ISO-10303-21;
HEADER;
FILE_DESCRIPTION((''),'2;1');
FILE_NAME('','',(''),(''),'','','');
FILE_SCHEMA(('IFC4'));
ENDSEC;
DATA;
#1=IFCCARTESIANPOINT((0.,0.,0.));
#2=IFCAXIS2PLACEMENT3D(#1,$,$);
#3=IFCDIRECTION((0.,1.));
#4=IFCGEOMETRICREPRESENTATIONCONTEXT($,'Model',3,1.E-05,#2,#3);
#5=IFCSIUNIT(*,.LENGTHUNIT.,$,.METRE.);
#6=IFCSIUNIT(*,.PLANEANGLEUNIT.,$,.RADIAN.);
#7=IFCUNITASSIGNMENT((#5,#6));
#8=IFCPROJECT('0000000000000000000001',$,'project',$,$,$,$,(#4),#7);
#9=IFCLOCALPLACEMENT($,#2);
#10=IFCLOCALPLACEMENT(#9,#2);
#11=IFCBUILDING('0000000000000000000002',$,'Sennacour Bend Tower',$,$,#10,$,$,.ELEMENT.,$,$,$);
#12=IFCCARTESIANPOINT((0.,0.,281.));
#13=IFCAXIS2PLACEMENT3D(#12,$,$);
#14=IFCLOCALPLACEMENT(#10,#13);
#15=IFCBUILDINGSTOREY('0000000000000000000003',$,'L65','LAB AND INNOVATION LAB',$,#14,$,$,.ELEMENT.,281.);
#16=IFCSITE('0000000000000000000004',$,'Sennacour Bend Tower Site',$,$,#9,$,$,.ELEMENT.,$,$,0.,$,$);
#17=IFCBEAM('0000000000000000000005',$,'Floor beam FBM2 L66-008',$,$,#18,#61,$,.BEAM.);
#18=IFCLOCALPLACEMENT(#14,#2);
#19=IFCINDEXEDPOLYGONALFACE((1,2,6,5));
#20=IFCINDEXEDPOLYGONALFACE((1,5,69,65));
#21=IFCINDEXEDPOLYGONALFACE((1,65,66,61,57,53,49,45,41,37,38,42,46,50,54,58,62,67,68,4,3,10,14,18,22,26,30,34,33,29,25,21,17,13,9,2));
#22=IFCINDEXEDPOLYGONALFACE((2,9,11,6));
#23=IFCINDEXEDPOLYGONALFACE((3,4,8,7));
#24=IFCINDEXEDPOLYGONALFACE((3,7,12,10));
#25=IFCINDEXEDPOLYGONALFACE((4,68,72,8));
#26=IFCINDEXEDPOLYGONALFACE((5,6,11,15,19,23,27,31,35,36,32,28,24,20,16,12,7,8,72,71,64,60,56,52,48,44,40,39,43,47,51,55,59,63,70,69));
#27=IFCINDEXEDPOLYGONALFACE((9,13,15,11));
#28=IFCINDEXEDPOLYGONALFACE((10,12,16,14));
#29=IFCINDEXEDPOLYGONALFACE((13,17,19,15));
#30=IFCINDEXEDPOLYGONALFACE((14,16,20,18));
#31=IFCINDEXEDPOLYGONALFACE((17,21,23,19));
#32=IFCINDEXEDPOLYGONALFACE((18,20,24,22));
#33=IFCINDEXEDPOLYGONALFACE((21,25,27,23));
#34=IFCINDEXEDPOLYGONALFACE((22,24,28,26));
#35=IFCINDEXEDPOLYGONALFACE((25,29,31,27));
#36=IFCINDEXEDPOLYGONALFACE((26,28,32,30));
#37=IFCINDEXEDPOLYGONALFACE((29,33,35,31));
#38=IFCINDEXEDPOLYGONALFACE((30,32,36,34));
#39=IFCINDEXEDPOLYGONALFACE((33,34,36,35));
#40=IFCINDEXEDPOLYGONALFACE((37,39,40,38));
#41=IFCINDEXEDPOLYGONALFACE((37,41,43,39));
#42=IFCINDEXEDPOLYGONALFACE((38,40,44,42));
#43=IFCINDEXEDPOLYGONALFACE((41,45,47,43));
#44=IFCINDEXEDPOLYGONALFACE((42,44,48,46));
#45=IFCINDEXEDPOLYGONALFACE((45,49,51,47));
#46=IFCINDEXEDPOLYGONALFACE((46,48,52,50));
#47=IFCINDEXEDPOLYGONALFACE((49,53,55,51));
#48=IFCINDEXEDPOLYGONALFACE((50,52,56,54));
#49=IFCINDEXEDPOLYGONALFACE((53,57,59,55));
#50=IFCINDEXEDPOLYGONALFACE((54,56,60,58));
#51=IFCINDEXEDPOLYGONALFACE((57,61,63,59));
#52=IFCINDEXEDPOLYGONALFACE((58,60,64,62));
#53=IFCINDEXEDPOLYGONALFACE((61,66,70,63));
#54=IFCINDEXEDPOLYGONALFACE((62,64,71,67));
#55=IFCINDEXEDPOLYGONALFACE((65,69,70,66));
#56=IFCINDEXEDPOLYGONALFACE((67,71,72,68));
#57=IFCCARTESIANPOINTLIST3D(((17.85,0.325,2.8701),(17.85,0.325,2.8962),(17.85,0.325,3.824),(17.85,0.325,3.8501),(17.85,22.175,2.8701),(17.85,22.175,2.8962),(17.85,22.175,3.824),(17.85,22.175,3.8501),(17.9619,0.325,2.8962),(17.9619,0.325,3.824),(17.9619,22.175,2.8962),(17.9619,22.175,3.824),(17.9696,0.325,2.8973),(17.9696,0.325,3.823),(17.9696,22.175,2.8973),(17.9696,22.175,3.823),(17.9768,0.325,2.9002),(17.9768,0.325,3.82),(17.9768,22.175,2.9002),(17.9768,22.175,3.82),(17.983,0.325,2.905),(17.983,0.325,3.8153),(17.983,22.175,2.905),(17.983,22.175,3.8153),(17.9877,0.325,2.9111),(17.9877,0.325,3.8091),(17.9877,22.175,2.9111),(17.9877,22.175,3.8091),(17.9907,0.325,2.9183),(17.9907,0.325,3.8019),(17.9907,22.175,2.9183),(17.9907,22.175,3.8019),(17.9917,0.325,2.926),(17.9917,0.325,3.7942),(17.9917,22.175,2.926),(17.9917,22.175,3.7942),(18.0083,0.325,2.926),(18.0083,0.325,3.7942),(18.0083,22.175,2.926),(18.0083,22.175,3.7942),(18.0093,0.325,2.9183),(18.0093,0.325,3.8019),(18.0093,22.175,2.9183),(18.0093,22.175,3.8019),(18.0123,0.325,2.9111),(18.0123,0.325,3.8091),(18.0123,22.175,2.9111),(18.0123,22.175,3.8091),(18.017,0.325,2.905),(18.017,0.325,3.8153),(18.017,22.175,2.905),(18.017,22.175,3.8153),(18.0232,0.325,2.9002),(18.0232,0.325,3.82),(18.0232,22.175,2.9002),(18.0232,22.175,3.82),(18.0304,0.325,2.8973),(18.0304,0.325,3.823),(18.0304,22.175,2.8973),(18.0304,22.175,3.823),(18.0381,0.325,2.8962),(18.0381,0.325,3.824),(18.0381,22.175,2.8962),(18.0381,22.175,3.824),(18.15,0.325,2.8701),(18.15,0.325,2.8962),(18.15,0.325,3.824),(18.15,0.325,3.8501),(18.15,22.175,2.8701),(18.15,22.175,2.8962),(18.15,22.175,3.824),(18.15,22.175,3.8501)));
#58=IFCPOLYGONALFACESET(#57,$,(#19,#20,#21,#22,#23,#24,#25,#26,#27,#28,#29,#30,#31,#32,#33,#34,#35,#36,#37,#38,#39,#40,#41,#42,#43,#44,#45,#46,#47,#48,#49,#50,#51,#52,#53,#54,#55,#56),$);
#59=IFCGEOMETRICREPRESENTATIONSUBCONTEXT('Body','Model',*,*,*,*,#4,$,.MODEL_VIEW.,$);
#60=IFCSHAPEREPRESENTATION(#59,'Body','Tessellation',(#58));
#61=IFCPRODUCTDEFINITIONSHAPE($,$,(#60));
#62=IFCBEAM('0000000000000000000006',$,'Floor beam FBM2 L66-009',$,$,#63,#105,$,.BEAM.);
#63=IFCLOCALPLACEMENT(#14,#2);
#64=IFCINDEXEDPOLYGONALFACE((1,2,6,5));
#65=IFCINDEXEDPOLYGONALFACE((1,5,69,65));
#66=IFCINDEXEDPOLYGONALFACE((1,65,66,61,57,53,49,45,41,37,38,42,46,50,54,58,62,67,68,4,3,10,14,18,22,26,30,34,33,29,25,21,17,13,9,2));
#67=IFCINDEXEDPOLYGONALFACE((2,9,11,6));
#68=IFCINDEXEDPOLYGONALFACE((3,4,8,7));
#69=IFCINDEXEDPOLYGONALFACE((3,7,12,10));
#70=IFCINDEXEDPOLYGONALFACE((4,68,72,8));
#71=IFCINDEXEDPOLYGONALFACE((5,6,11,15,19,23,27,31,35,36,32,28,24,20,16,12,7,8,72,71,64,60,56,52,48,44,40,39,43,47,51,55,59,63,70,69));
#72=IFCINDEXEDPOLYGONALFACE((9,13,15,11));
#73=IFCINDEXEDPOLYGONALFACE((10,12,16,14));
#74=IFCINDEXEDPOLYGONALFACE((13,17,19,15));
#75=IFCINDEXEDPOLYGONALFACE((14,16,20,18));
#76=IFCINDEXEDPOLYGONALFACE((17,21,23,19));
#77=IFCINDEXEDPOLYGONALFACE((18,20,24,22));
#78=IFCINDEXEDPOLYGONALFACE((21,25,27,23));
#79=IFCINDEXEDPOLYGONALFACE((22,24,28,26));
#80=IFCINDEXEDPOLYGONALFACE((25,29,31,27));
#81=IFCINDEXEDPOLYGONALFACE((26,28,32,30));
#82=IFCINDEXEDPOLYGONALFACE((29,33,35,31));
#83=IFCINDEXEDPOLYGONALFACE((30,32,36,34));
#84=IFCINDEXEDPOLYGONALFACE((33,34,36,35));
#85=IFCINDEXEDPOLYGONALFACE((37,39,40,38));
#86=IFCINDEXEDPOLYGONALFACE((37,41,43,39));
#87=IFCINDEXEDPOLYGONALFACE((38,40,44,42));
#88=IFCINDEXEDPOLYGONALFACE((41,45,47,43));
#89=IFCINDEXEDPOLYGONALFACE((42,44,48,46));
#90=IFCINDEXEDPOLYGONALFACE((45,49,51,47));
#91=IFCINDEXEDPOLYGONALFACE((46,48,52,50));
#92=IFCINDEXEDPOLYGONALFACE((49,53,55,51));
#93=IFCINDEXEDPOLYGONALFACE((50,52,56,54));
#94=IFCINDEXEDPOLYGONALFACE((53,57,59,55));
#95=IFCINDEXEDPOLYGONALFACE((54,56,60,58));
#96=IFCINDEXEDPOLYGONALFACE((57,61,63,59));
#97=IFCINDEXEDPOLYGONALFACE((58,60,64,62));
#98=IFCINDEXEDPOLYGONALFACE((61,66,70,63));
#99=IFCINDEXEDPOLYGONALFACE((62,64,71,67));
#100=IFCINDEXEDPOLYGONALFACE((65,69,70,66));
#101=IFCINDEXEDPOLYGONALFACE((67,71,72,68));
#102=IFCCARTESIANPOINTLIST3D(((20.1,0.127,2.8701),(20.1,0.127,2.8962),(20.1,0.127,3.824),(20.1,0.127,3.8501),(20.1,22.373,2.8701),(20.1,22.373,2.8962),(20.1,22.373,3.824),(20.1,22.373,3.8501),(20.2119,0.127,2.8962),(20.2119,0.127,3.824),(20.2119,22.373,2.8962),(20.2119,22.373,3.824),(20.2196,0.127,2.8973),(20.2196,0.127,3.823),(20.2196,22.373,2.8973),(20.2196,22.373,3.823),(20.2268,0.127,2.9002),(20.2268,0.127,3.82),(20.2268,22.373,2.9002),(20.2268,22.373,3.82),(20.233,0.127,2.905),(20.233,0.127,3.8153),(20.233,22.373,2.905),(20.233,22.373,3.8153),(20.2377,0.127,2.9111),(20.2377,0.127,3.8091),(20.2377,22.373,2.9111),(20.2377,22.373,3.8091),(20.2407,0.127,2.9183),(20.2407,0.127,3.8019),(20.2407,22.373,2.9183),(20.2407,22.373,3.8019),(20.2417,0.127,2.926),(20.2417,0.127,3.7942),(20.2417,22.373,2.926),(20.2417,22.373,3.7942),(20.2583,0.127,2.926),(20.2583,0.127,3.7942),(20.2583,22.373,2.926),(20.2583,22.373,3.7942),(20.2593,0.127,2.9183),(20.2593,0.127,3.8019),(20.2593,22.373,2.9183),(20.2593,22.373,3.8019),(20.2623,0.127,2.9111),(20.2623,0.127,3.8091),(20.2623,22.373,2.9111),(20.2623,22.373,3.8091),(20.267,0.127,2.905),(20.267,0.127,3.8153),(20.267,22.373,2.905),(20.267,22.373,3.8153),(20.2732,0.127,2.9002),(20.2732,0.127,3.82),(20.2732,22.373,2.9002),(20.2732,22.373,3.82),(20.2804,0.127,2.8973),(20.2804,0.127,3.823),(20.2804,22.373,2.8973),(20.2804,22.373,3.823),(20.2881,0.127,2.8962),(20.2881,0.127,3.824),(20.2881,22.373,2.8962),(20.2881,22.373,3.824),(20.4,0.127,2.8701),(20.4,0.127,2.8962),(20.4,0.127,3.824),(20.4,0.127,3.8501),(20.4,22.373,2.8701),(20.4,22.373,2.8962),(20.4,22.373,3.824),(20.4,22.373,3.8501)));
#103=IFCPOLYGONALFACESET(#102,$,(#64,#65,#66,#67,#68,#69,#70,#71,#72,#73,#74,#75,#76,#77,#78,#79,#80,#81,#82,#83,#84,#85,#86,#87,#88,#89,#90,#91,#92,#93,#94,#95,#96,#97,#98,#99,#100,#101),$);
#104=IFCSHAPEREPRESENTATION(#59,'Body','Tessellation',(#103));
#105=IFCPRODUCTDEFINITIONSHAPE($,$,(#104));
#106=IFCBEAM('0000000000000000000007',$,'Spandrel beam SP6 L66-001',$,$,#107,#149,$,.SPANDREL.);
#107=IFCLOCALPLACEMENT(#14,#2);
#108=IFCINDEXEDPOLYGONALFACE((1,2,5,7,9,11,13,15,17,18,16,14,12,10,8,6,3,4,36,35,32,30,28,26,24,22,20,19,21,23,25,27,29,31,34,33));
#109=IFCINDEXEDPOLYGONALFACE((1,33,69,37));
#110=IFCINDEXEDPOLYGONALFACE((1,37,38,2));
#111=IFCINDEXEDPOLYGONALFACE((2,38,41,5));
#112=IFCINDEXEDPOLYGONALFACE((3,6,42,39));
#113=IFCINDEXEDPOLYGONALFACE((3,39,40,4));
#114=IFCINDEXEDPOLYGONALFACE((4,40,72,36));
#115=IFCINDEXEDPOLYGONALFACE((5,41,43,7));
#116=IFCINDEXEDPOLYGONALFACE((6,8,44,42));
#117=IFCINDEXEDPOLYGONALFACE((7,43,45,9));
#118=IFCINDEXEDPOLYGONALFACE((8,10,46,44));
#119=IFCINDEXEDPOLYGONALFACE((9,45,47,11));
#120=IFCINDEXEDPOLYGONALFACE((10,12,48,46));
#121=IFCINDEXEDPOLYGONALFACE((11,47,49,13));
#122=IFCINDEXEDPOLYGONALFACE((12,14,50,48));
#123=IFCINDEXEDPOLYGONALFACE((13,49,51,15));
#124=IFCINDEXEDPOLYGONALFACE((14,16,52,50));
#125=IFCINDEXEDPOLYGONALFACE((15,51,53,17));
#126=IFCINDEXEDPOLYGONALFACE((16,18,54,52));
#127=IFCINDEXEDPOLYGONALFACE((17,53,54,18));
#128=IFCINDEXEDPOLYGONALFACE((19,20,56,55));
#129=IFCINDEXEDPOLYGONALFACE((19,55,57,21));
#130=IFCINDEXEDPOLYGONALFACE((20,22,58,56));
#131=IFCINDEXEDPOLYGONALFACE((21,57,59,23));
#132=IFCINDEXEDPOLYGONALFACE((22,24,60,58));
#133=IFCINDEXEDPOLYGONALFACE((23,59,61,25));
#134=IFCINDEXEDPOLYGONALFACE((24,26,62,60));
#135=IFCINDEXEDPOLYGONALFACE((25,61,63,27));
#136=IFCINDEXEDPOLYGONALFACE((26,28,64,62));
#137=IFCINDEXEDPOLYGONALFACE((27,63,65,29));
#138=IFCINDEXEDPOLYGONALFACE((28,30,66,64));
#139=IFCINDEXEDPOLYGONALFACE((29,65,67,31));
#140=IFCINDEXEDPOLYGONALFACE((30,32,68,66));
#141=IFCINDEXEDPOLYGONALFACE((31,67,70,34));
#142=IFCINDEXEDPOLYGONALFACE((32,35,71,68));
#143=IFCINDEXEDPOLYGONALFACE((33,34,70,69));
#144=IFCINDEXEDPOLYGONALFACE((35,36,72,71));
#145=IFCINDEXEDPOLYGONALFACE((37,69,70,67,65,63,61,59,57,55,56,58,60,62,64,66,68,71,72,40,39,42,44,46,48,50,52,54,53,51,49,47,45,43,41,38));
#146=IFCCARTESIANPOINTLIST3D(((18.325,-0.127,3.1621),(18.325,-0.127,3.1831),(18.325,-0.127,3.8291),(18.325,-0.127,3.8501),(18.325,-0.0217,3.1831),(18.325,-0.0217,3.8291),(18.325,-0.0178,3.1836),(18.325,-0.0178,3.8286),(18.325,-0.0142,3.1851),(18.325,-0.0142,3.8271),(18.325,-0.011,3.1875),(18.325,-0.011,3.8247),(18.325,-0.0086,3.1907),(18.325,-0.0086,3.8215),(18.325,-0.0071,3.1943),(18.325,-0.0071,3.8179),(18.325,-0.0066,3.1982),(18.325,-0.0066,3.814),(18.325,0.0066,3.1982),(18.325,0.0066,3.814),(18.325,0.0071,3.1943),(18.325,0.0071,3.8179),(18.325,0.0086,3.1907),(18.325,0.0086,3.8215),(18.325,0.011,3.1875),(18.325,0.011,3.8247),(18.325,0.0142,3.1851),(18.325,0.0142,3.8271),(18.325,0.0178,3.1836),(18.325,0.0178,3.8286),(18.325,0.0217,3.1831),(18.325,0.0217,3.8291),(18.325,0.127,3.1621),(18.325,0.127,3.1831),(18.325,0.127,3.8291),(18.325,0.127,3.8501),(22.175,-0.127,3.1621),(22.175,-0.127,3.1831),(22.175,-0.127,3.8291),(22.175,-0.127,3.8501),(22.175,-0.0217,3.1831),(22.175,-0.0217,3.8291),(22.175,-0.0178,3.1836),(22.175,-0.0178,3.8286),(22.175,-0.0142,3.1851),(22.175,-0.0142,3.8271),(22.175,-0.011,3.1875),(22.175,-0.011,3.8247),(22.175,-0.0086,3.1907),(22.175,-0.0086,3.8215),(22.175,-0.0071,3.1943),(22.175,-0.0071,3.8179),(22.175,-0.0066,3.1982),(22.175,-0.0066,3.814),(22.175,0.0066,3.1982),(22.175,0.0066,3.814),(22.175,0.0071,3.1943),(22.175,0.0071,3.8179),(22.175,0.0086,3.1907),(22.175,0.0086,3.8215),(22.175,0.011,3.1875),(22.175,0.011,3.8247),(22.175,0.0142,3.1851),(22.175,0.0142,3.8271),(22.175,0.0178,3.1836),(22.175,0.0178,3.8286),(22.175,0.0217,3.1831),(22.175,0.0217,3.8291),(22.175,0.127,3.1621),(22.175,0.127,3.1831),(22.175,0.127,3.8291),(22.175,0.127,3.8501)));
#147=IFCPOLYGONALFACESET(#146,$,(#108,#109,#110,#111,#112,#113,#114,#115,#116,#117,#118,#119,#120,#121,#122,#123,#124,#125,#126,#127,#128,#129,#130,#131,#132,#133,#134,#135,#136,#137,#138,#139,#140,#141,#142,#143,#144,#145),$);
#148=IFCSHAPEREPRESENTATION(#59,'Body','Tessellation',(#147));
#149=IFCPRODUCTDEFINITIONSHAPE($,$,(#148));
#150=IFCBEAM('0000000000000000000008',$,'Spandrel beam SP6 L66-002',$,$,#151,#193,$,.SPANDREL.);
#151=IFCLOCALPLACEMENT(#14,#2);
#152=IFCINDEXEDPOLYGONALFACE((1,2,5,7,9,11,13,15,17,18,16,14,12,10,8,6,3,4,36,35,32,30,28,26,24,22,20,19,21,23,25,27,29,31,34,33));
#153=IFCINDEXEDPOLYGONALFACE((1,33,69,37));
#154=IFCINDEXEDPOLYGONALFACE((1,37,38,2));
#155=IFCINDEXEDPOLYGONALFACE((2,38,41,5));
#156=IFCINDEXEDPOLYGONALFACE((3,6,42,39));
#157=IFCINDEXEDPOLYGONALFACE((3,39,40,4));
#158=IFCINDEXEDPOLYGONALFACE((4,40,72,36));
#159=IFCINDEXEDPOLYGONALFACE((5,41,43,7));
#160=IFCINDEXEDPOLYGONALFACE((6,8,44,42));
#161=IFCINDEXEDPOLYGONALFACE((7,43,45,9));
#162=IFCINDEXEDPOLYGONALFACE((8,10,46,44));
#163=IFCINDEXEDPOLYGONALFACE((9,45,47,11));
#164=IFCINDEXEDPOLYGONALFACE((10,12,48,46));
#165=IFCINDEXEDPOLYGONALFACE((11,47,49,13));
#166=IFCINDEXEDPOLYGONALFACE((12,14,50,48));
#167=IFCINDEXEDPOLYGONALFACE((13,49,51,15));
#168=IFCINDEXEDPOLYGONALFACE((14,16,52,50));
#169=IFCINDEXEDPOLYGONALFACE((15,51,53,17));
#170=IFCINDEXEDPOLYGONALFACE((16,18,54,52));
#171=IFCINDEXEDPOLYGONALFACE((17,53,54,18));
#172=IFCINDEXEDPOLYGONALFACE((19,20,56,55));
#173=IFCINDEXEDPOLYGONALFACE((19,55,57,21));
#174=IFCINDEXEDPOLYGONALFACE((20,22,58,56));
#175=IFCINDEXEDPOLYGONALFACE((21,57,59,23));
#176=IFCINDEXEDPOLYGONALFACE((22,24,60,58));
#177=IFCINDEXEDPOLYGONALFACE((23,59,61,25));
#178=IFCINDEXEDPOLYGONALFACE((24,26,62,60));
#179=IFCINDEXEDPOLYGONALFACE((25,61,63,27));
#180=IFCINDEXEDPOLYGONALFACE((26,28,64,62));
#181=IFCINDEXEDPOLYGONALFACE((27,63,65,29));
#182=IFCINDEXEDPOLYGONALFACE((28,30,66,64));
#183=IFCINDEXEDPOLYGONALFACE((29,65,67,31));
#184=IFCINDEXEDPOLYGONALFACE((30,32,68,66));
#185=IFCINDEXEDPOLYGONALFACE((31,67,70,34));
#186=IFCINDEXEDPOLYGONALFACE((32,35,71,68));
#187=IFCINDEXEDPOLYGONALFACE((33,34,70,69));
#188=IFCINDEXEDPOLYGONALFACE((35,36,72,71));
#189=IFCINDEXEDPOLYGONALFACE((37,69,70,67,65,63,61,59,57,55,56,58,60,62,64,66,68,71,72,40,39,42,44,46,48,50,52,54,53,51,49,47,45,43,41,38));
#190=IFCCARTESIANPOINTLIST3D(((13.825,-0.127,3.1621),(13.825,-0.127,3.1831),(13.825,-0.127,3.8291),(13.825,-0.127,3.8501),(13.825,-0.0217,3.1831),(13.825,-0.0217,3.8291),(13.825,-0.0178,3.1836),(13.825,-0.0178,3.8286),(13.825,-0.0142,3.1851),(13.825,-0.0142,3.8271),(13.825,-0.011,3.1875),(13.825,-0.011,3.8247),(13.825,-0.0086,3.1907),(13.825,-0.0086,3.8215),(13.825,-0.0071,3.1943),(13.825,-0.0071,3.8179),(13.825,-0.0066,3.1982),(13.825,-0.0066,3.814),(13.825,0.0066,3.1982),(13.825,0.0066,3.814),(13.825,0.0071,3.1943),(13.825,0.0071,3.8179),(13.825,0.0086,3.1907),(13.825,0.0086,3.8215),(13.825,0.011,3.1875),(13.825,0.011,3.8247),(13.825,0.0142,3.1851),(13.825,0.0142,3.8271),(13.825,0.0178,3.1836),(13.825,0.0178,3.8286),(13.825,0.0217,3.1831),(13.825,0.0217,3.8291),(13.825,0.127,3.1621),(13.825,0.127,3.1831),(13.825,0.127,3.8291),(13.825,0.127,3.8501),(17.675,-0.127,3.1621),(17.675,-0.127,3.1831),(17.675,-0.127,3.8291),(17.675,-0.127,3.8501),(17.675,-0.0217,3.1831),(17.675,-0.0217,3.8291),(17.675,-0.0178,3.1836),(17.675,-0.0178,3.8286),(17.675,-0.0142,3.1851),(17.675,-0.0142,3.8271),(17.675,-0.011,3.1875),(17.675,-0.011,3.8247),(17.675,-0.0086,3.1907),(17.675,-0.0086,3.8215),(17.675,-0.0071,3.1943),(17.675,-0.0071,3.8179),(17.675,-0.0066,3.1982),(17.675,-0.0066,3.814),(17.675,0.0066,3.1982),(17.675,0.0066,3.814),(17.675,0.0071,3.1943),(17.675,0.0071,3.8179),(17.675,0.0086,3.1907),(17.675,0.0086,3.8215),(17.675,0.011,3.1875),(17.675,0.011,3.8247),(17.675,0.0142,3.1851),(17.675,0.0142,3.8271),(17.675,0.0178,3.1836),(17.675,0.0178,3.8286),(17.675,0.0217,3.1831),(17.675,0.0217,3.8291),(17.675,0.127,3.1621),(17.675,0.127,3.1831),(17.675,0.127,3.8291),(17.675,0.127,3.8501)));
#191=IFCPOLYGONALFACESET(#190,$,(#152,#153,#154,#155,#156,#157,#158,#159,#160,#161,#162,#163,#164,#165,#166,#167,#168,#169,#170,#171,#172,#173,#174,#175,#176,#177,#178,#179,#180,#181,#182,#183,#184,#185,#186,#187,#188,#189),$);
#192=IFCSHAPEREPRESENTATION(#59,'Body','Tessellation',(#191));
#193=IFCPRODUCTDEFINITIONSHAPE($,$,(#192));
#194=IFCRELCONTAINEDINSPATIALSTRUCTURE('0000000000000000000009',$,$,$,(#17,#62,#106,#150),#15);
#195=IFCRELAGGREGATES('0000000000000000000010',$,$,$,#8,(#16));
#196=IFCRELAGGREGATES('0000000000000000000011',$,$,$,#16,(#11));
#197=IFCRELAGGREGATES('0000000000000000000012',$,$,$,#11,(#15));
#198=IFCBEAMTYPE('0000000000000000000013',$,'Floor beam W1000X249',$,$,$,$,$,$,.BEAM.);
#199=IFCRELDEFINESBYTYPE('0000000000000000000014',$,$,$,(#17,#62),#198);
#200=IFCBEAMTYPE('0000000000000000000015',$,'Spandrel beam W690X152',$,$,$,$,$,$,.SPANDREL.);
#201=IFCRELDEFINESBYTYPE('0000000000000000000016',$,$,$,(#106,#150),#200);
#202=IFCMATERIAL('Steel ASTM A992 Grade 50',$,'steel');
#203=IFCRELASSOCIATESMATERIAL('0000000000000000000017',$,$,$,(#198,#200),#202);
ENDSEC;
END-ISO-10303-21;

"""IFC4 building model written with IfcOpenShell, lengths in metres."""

from ifc_helpers import new_model, si_unit, direction, frame, origin, origin_2d, place, context, subcontext, project, spatial, i_section, extrude, material, material_profile, profile_set, type_object, element, save


model = new_model("IFC4")

# Units and contexts
model_context = context("Model", 3, precision=1e-05, world=origin(), true_north=direction((0.0, 1.0)))
body_context = subcontext(model_context, "Body", "Model", "MODEL_VIEW")
ifc_project = project(units=[si_unit("LENGTHUNIT", "METRE"), si_unit("PLANEANGLEUNIT", "RADIAN")], contexts=[model_context])

# Site, building, storey
site_placement = place(None, origin())
site = spatial("IfcSite", under=ifc_project, at=site_placement, Name="Sennacour Bend Tower Site", CompositionType="ELEMENT", RefElevation=0.0)
building_placement = place(site_placement, origin())
building = spatial("IfcBuilding", under=site, at=building_placement, Name="Sennacour Bend Tower", CompositionType="ELEMENT")
storey_placement = place(building_placement, frame((0.0, 0.0, 281.0)))
storey = spatial("IfcBuildingStorey", under=building, at=storey_placement, Name="L65", Description="LAB AND INNOVATION LAB", CompositionType="ELEMENT", Elevation=281.0)

# Beams
ifc_material_1 = material(Name="Steel ASTM A992 Grade 50", Category="steel")
ifc_material_profile_1 = material_profile(ifc_material_1, i_section(OverallWidth=0.3, OverallDepth=0.98, WebThickness=0.0166, FlangeThickness=0.0261, FilletRadius=0.0298, at=origin_2d()), Name="Steel ASTM A992 Grade 50", Category="steel")
ifc_profile_set_1 = profile_set([ifc_material_profile_1], Name="Steel ASTM A992 Grade 50")
beam_type_1 = type_object("IfcBeamType", Name="Floor beam W1000X249", PredefinedType="BEAM", material=ifc_profile_set_1)
beam_1_placement = place(storey_placement, frame((18.0, 0.325, 3.3601), z_axis=(0.0, 1.0, 0.0), x_axis=(-1.0, 0.0, 0.0)))
element("IfcBeam", 1, at=beam_1_placement, inside=storey, type_object=beam_type_1, Name="Floor beam FBM2 L66-008", PredefinedType="BEAM", context=body_context, shape_type="SweptSolid", body=[
    extrude(i_section(OverallWidth=0.3, OverallDepth=0.98, WebThickness=0.0166, FlangeThickness=0.0261, FilletRadius=0.0298, at=origin_2d()), origin(), (0.0, 0.0, 1.0), 21.8501),
])
beam_2_placement = place(storey_placement, frame((20.25, 0.127, 3.3601), z_axis=(0.0, 1.0, 0.0), x_axis=(-1.0, 0.0, 0.0)))
element("IfcBeam", 2, at=beam_2_placement, inside=storey, type_object=beam_type_1, Name="Floor beam FBM2 L66-009", PredefinedType="BEAM", context=body_context, shape_type="SweptSolid", body=[
    extrude(i_section(OverallWidth=0.3, OverallDepth=0.98, WebThickness=0.0166, FlangeThickness=0.0261, FilletRadius=0.0298, at=origin_2d()), origin(), (0.0, 0.0, 1.0), 22.2461),
])
ifc_material_profile_2 = material_profile(ifc_material_1, i_section(OverallWidth=0.2539, OverallDepth=0.688, WebThickness=0.0132, FlangeThickness=0.021, FilletRadius=0.0151, at=origin_2d()), Name="Steel ASTM A992 Grade 50", Category="steel")
ifc_profile_set_2 = profile_set([ifc_material_profile_2], Name="Steel ASTM A992 Grade 50")
beam_type_2 = type_object("IfcBeamType", Name="Spandrel beam W690X152", PredefinedType="SPANDREL", material=ifc_profile_set_2)
for number, where, z_axis, x_axis, name in (
    (3, (22.175, 0.0, 3.5061), (-1.0, 0.0, 0.0), (0.0, -1.0, 0.0), "Spandrel beam SP6 L66-001"),
    (4, (17.675, 0.0, 3.5061), (-1.0, 0.0, 0.0), (0.0, -1.0, 0.0), "Spandrel beam SP6 L66-002"),
):
    element("IfcBeam", number, at=place(storey_placement, frame(where, z_axis=z_axis, x_axis=x_axis)), inside=storey, type_object=beam_type_2, Name=name, PredefinedType="SPANDREL", context=body_context, shape_type="SweptSolid", body=[
        extrude(i_section(OverallWidth=0.2539, OverallDepth=0.688, WebThickness=0.0132, FlangeThickness=0.021, FilletRadius=0.0151, at=origin_2d()), origin(), (0.0, 0.0, 1.0), 3.8501),
    ])

save(model, "model.ifc")
